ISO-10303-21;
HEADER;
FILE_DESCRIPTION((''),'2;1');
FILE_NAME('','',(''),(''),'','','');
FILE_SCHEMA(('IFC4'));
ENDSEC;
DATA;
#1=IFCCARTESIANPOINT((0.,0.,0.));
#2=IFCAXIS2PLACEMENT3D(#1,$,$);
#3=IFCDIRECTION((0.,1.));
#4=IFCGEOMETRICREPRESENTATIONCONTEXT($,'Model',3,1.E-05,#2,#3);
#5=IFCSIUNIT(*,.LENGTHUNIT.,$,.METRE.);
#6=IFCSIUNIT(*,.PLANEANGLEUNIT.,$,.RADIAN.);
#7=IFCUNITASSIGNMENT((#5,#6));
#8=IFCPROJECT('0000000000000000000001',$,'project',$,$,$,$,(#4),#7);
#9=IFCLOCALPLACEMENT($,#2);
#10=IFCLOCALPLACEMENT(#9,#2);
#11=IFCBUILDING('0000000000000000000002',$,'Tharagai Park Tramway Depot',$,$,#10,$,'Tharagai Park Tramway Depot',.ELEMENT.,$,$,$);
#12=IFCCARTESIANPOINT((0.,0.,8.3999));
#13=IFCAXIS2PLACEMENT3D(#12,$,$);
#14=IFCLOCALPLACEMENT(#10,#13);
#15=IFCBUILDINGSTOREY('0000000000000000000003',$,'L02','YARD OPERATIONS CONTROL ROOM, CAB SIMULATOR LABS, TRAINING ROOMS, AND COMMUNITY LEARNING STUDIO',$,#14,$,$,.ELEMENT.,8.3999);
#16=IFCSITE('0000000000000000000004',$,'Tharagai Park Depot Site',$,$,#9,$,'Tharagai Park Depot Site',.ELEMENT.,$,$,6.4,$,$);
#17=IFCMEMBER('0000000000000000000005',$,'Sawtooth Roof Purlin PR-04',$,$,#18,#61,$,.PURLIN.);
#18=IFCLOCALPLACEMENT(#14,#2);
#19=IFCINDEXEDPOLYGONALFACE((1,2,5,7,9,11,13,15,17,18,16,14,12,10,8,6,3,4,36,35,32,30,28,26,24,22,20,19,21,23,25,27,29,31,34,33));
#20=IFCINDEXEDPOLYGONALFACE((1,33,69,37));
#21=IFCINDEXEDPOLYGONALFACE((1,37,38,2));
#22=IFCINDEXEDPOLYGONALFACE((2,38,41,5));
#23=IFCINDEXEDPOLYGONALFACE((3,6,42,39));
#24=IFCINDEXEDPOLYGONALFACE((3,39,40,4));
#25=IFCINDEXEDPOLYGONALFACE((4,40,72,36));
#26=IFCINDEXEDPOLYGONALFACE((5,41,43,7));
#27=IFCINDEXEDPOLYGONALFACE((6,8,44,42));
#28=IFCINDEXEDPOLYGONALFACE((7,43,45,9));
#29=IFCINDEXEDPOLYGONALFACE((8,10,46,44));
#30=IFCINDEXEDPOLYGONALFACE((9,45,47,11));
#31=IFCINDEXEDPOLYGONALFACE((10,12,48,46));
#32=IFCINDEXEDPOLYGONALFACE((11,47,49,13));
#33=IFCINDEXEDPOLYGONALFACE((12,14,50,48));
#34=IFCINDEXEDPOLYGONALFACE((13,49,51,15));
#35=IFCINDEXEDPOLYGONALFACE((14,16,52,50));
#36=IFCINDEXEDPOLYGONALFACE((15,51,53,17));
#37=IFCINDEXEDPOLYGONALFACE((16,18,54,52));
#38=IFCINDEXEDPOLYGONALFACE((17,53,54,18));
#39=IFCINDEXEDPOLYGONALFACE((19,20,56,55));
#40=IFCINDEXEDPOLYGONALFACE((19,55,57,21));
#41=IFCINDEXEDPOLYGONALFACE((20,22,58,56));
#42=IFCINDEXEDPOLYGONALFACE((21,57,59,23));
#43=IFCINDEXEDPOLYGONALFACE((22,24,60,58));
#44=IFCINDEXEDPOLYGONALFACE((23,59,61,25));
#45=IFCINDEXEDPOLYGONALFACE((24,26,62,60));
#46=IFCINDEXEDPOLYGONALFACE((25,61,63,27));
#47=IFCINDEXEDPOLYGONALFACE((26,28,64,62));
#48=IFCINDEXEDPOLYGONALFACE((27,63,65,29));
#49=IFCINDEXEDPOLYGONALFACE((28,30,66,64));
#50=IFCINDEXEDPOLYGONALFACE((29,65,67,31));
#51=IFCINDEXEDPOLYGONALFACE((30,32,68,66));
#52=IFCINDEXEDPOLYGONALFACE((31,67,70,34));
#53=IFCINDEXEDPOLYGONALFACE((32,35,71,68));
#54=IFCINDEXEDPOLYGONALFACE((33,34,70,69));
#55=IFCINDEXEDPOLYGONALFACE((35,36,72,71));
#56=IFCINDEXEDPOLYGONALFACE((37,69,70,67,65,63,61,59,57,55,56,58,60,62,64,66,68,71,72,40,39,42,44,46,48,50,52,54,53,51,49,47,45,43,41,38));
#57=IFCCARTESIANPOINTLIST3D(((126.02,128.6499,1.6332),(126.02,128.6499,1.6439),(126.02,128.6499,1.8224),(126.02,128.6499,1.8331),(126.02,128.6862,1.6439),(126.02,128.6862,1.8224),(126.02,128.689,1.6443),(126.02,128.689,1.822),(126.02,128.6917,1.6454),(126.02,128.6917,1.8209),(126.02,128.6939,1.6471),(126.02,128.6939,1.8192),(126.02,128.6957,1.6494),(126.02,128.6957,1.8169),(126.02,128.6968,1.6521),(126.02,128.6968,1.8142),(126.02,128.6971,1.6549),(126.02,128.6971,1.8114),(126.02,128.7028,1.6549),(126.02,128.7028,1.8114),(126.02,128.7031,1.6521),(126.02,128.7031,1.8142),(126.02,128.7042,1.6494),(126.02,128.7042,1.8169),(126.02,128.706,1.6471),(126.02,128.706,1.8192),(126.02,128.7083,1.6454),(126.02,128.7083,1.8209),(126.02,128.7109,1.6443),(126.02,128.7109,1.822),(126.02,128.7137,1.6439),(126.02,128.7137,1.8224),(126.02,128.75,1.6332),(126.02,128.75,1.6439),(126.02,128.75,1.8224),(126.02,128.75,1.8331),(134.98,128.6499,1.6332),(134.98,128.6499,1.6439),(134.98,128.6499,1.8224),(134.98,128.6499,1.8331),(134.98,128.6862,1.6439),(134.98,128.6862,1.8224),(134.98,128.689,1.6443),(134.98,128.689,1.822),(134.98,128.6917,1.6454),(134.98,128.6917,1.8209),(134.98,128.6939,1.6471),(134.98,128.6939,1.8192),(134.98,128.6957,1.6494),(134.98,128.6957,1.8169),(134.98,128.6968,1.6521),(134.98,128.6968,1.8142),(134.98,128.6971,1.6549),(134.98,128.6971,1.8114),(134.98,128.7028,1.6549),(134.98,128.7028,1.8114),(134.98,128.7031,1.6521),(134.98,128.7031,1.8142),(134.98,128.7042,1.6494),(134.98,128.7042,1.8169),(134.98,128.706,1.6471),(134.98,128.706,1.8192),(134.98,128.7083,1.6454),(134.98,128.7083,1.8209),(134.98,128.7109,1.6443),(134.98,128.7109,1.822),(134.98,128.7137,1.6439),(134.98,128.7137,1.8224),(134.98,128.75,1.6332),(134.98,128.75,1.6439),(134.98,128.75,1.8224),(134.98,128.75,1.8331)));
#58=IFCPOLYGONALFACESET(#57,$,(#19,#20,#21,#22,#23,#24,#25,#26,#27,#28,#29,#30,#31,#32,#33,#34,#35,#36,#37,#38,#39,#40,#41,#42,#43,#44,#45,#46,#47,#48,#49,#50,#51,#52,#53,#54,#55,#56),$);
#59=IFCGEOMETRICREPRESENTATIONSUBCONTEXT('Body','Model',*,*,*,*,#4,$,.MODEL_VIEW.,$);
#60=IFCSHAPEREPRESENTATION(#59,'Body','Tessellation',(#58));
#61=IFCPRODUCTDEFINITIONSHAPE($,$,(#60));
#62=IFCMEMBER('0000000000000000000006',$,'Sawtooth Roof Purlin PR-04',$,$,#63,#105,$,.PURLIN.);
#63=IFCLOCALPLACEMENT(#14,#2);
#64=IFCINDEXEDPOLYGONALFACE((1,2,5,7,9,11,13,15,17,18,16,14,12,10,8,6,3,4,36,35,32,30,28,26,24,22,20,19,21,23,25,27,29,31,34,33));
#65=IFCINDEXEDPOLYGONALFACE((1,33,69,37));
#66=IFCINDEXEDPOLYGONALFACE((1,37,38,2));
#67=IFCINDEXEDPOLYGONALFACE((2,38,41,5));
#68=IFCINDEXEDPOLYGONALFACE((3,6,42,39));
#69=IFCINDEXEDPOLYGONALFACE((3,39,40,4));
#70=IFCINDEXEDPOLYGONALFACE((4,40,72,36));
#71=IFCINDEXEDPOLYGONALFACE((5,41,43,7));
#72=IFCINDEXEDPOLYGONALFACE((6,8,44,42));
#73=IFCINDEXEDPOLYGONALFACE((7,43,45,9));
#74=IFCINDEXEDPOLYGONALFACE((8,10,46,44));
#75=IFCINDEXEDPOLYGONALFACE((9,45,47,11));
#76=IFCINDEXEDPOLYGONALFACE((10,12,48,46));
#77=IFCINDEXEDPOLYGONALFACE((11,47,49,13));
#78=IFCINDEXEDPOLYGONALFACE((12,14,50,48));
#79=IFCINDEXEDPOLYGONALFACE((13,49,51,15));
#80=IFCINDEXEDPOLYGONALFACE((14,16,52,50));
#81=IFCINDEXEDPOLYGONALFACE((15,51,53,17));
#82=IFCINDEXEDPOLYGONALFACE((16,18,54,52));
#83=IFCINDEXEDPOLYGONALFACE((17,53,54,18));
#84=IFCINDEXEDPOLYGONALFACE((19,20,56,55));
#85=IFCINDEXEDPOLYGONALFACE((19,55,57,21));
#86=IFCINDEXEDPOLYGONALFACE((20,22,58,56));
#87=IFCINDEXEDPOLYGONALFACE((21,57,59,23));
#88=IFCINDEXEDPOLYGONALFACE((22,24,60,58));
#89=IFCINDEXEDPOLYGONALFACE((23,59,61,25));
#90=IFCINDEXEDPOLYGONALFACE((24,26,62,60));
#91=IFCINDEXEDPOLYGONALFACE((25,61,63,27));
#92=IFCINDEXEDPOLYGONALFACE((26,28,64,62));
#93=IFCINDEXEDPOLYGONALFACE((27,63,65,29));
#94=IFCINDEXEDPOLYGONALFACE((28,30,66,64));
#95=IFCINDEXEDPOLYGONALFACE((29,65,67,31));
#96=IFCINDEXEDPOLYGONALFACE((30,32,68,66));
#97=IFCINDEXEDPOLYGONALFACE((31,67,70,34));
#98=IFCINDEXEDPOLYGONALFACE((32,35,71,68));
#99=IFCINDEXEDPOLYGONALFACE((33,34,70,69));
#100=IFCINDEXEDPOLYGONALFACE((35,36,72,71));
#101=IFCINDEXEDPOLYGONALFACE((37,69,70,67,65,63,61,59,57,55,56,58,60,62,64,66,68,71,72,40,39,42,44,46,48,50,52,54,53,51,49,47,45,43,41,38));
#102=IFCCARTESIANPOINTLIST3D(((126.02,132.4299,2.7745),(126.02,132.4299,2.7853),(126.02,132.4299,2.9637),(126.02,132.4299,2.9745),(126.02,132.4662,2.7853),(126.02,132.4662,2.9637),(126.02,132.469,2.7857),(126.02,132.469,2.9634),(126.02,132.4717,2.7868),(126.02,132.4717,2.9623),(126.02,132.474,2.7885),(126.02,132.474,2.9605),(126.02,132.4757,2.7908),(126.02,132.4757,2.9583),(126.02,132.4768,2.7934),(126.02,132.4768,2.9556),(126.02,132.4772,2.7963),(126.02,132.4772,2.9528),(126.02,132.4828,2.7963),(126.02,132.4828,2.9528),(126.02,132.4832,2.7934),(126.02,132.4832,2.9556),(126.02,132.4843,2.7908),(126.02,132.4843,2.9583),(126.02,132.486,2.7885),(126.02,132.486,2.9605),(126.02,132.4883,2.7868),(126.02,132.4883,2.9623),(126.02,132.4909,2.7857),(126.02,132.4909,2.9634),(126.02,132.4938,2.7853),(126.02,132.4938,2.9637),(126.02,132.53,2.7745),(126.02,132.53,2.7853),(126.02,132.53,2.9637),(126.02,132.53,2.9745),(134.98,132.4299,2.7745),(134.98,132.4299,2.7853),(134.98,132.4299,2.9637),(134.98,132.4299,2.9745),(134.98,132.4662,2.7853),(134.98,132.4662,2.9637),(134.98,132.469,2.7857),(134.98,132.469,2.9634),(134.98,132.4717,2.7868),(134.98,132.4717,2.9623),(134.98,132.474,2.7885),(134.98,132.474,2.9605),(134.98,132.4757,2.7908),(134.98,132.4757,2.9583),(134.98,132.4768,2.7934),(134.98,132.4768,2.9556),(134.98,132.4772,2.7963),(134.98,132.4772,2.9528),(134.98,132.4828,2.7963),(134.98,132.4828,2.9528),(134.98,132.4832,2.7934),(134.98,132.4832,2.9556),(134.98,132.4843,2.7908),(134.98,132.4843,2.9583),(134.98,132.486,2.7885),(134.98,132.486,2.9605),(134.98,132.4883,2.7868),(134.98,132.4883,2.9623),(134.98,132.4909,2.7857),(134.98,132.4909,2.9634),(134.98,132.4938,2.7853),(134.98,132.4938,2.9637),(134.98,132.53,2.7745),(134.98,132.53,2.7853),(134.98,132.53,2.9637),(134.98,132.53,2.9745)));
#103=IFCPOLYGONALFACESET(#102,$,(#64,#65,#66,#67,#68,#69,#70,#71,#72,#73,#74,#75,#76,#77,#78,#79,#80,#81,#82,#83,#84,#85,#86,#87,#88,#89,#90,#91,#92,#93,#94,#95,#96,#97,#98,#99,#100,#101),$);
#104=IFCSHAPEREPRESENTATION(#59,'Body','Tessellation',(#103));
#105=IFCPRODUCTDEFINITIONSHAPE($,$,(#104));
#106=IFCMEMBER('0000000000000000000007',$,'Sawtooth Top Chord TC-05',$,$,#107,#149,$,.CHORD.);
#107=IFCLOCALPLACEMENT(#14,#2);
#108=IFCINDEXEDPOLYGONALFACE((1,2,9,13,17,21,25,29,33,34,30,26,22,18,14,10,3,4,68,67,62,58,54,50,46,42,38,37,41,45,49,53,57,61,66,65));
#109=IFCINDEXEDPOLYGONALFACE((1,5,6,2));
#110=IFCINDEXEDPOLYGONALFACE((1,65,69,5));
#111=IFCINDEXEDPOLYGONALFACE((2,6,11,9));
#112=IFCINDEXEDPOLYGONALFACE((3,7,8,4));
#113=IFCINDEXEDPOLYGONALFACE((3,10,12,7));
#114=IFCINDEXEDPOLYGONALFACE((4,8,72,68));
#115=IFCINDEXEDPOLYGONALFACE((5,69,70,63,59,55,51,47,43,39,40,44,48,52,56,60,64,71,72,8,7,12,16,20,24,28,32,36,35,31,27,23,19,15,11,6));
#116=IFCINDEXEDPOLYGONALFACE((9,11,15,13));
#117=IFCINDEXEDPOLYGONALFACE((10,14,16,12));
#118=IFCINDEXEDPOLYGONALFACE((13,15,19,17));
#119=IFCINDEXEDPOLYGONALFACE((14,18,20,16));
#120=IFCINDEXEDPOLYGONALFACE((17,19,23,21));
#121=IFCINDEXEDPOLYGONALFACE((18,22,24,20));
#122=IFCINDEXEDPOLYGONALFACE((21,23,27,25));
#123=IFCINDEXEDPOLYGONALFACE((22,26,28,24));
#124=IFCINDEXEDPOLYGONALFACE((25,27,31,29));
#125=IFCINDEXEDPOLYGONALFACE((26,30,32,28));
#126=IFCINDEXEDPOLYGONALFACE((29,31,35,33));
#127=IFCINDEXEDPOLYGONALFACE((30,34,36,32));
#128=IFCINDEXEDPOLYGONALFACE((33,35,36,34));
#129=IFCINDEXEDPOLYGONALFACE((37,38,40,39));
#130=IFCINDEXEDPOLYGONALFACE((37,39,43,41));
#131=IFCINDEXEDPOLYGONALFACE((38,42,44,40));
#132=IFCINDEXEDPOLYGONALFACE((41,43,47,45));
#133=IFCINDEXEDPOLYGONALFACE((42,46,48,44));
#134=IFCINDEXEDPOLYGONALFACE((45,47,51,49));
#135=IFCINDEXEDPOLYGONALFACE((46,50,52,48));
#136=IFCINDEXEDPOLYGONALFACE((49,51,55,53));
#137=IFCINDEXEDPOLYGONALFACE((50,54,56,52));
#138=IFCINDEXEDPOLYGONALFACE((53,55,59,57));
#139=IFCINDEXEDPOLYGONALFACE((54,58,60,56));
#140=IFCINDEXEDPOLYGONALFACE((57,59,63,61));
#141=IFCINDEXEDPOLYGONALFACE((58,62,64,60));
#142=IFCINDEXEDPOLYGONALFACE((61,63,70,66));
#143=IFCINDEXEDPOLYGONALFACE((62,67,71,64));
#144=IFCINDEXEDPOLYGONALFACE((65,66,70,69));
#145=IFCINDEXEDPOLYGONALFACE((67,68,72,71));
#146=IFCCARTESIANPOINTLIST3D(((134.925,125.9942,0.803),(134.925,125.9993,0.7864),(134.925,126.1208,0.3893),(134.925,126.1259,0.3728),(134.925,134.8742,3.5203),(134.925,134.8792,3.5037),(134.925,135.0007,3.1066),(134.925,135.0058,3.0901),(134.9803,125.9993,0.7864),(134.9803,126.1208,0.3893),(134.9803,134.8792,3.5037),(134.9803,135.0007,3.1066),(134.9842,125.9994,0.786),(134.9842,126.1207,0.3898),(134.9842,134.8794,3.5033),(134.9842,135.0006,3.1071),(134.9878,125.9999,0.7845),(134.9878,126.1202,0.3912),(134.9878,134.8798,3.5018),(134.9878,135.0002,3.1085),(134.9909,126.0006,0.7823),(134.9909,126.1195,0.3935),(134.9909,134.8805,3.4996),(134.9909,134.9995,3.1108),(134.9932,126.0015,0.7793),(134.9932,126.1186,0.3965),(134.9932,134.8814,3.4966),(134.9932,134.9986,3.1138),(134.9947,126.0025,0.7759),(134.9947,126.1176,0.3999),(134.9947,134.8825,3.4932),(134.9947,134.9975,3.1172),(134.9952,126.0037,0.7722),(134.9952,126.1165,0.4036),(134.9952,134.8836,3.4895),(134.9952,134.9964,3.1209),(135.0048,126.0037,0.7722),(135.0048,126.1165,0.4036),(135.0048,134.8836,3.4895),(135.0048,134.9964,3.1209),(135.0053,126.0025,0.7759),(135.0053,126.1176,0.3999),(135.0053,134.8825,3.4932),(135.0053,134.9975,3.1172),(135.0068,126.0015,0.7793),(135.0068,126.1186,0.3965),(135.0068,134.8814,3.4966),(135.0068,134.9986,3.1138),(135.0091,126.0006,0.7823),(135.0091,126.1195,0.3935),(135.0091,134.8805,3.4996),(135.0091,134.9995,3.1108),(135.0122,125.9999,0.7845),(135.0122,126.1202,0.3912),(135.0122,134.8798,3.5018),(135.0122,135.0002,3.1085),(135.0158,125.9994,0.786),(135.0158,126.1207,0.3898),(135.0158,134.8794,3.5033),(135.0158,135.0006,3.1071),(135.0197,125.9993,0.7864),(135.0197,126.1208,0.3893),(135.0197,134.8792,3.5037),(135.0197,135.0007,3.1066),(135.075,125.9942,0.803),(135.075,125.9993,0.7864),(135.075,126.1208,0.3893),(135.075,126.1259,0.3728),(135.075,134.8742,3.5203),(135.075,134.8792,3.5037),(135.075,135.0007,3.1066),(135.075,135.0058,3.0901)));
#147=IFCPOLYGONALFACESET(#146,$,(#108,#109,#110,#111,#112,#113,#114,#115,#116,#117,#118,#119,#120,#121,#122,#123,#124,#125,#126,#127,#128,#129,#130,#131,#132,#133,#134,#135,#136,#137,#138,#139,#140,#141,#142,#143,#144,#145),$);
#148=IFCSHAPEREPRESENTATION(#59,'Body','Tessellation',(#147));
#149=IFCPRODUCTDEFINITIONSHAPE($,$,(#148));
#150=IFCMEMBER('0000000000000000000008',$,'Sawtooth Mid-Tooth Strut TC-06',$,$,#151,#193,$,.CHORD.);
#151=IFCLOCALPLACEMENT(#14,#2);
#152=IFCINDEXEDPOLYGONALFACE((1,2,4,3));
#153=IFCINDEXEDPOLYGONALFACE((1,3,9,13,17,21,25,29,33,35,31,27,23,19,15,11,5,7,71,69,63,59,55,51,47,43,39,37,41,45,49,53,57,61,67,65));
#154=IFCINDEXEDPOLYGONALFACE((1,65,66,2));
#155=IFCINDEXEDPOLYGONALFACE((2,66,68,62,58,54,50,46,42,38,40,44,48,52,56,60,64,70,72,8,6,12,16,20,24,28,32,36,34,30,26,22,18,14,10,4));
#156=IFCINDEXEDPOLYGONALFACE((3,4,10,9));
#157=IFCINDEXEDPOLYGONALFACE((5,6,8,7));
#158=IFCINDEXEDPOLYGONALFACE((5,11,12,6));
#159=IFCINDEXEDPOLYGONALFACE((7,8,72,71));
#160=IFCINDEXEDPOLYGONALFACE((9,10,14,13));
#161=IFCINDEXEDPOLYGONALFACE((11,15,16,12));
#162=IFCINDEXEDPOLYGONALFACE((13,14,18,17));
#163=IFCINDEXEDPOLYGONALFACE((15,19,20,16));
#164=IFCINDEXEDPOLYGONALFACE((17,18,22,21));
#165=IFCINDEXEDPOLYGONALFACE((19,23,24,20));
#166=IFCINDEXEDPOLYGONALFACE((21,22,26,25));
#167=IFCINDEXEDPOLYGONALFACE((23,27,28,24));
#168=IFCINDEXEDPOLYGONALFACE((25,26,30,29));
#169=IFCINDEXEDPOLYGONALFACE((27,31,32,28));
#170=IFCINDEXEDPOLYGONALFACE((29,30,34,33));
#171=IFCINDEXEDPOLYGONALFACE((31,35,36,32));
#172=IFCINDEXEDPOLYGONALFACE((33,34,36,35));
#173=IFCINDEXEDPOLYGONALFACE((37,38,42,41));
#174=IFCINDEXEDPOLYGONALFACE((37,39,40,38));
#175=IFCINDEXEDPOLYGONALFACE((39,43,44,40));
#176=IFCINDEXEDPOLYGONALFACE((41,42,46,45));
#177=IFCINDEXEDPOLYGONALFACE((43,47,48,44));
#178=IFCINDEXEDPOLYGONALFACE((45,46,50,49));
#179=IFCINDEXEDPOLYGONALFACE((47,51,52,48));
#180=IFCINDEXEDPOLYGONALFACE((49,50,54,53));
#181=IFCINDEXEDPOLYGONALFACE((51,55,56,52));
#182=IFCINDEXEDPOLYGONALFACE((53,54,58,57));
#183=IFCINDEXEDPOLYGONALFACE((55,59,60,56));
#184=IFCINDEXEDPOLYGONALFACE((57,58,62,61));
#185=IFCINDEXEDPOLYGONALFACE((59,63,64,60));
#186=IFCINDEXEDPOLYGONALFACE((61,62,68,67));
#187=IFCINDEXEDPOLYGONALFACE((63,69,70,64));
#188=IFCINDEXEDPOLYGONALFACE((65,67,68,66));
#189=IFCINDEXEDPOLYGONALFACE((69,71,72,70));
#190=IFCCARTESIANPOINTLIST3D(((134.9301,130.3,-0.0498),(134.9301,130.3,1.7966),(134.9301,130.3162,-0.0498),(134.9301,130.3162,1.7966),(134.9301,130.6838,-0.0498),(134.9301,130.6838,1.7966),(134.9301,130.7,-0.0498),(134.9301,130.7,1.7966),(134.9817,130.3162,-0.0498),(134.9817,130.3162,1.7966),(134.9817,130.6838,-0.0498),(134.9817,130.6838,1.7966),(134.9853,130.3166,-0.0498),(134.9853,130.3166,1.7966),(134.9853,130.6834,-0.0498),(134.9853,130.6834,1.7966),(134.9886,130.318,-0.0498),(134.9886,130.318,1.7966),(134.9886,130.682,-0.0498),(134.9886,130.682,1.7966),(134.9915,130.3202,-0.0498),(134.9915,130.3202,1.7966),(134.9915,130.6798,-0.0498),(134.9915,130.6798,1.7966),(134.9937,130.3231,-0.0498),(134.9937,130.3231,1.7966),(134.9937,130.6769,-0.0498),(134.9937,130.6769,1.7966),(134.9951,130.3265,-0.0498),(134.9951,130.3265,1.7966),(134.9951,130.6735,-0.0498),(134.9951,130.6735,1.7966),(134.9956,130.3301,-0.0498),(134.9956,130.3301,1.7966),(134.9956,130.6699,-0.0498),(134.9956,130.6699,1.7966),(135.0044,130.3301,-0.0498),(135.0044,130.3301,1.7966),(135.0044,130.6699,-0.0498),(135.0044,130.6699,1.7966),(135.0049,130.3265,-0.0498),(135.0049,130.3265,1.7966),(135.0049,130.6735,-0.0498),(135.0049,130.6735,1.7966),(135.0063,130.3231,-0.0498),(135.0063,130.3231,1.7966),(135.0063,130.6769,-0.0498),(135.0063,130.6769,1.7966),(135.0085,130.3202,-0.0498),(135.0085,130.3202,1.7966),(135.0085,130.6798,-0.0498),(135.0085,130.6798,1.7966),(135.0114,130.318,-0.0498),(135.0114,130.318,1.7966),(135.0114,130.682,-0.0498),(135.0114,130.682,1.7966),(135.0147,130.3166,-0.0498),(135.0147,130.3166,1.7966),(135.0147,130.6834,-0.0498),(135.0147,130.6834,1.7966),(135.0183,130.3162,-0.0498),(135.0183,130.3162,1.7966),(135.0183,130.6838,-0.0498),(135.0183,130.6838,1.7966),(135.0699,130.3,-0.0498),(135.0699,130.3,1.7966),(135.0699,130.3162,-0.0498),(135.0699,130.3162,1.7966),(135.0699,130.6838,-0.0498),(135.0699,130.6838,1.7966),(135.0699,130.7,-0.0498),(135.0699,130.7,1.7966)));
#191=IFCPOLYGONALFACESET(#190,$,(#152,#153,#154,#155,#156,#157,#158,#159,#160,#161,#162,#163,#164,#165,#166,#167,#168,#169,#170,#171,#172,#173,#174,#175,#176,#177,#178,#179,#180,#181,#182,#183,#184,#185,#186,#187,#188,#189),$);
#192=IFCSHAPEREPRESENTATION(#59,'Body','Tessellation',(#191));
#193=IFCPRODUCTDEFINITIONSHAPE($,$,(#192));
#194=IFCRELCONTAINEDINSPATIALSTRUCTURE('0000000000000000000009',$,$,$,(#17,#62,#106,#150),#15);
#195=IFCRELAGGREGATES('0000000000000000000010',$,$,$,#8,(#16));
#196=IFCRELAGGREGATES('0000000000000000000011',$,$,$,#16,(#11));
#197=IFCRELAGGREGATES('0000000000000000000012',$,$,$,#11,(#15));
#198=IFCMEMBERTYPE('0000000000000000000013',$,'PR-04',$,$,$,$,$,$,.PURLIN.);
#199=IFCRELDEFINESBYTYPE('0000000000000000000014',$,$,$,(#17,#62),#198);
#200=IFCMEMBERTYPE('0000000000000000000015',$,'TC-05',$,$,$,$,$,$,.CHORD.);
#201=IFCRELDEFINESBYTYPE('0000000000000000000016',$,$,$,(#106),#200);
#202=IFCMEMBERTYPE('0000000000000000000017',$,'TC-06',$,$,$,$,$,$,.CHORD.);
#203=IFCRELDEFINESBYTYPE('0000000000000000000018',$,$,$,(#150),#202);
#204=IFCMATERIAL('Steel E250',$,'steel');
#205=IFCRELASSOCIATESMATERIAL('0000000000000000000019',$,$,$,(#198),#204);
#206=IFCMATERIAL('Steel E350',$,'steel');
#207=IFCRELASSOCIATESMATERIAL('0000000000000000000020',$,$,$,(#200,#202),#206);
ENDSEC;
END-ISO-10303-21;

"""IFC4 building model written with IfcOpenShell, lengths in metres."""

from ifc_helpers import new_model, si_unit, direction, frame, origin, origin_2d, place, context, subcontext, project, spatial, i_section, extrude, material, material_profile, profile_set, type_object, element, save


model = new_model("IFC4")

# Units and contexts
model_context = context("Model", 3, precision=1e-05, world=origin(), true_north=direction((0.0, 1.0)))
body_context = subcontext(model_context, "Body", "Model", "MODEL_VIEW")
ifc_project = project(units=[si_unit("LENGTHUNIT", "METRE"), si_unit("PLANEANGLEUNIT", "RADIAN")], contexts=[model_context])

# Site, building, storey
site_placement = place(None, origin())
site = spatial("IfcSite", under=ifc_project, at=site_placement, Name="Tharagai Park Depot Site", LongName="Tharagai Park Depot Site", CompositionType="ELEMENT", RefElevation=6.4)
building_placement = place(site_placement, origin())
building = spatial("IfcBuilding", under=site, at=building_placement, Name="Tharagai Park Tramway Depot", LongName="Tharagai Park Tramway Depot", CompositionType="ELEMENT")
storey_placement = place(building_placement, frame((0.0, 0.0, 8.3999)))
storey = spatial("IfcBuildingStorey", under=building, at=storey_placement, Name="L02", Description="YARD OPERATIONS CONTROL ROOM, CAB SIMULATOR LABS, TRAINING ROOMS, AND COMMUNITY LEARNING STUDIO", CompositionType="ELEMENT", Elevation=8.3999)

# Shared definitions
ifc_material_1 = material(Name="Steel E350", Category="steel")

# Members
ifc_material_2 = material(Name="Steel E250", Category="steel")
ifc_material_profile_1 = material_profile(ifc_material_2, i_section(OverallWidth=0.1001, OverallDepth=0.2, WebThickness=0.0056, FlangeThickness=0.0107, FilletRadius=0.011, at=origin_2d()), Name="ISMB 200")
ifc_profile_set_1 = profile_set([ifc_material_profile_1], Name="Steel E250")
member_type_1 = type_object("IfcMemberType", Name="PR-04", PredefinedType="PURLIN", material=ifc_profile_set_1)
for number, where, z_axis, x_axis, name in (
    (1, (126.02, 128.7, 1.7332), (1.0, 0.0, 0.0), (0.0, 1.0, 0.0), "Sawtooth Roof Purlin PR-04"),
    (2, (126.02, 132.48, 2.8745), (1.0, 0.0, 0.0), (0.0, 1.0, 0.0), "Sawtooth Roof Purlin PR-04"),
):
    element("IfcMember", number, at=place(storey_placement, frame(where, z_axis=z_axis, x_axis=x_axis)), inside=storey, type_object=member_type_1, Name=name, PredefinedType="PURLIN", context=body_context, shape_type="SweptSolid", body=[
        extrude(i_section(OverallWidth=0.1001, OverallDepth=0.2, WebThickness=0.0056, FlangeThickness=0.0107, FilletRadius=0.011, at=origin_2d()), origin(), (0.0, 0.0, 1.0), 8.96),
    ])
ifc_material_profile_2 = material_profile(ifc_material_1, i_section(OverallWidth=0.1499, OverallDepth=0.45, WebThickness=0.0095, FlangeThickness=0.0173, FilletRadius=0.0149, at=origin_2d()), Name="ISMB 450")
ifc_profile_set_2 = profile_set([ifc_material_profile_2], Name="Steel E350")
member_type_2 = type_object("IfcMemberType", Name="TC-05", PredefinedType="CHORD", material=ifc_profile_set_2)
member_1_placement = place(storey_placement, frame((135.0, 126.0601, 0.5879), z_axis=(0.0, 0.956231, 0.292611), x_axis=(-1.0, 0.0, 0.0)))
element("IfcMember", 3, at=member_1_placement, inside=storey, type_object=member_type_2, Name="Sawtooth Top Chord TC-05", PredefinedType="CHORD", context=body_context, shape_type="SweptSolid", body=[
    extrude(i_section(OverallWidth=0.1499, OverallDepth=0.45, WebThickness=0.0095, FlangeThickness=0.0173, FilletRadius=0.0149, at=origin_2d()), origin(), (0.0, 0.0, 1.0), 9.2864),
])
ifc_material_profile_3 = material_profile(ifc_material_1, i_section(OverallWidth=0.1399, OverallDepth=0.3999, WebThickness=0.0088, FlangeThickness=0.0161, FilletRadius=0.0139, at=origin_2d()), Name="ISMB 400")
ifc_profile_set_3 = profile_set([ifc_material_profile_3], Name="Steel E350")
member_type_3 = type_object("IfcMemberType", Name="TC-06", PredefinedType="CHORD", material=ifc_profile_set_3)
member_2_placement = place(storey_placement, frame((135.0, 130.5, -0.0498), z_axis=(0.0, 0.0, 1.0), x_axis=(1.0, 0.0, 0.0)))
element("IfcMember", 4, at=member_2_placement, inside=storey, type_object=member_type_3, Name="Sawtooth Mid-Tooth Strut TC-06", PredefinedType="CHORD", context=body_context, shape_type="SweptSolid", body=[
    extrude(i_section(OverallWidth=0.1399, OverallDepth=0.3999, WebThickness=0.0088, FlangeThickness=0.0161, FilletRadius=0.0139, at=origin_2d()), origin(), (0.0, 0.0, 1.0), 1.8464),
])

save(model, "model.ifc")
